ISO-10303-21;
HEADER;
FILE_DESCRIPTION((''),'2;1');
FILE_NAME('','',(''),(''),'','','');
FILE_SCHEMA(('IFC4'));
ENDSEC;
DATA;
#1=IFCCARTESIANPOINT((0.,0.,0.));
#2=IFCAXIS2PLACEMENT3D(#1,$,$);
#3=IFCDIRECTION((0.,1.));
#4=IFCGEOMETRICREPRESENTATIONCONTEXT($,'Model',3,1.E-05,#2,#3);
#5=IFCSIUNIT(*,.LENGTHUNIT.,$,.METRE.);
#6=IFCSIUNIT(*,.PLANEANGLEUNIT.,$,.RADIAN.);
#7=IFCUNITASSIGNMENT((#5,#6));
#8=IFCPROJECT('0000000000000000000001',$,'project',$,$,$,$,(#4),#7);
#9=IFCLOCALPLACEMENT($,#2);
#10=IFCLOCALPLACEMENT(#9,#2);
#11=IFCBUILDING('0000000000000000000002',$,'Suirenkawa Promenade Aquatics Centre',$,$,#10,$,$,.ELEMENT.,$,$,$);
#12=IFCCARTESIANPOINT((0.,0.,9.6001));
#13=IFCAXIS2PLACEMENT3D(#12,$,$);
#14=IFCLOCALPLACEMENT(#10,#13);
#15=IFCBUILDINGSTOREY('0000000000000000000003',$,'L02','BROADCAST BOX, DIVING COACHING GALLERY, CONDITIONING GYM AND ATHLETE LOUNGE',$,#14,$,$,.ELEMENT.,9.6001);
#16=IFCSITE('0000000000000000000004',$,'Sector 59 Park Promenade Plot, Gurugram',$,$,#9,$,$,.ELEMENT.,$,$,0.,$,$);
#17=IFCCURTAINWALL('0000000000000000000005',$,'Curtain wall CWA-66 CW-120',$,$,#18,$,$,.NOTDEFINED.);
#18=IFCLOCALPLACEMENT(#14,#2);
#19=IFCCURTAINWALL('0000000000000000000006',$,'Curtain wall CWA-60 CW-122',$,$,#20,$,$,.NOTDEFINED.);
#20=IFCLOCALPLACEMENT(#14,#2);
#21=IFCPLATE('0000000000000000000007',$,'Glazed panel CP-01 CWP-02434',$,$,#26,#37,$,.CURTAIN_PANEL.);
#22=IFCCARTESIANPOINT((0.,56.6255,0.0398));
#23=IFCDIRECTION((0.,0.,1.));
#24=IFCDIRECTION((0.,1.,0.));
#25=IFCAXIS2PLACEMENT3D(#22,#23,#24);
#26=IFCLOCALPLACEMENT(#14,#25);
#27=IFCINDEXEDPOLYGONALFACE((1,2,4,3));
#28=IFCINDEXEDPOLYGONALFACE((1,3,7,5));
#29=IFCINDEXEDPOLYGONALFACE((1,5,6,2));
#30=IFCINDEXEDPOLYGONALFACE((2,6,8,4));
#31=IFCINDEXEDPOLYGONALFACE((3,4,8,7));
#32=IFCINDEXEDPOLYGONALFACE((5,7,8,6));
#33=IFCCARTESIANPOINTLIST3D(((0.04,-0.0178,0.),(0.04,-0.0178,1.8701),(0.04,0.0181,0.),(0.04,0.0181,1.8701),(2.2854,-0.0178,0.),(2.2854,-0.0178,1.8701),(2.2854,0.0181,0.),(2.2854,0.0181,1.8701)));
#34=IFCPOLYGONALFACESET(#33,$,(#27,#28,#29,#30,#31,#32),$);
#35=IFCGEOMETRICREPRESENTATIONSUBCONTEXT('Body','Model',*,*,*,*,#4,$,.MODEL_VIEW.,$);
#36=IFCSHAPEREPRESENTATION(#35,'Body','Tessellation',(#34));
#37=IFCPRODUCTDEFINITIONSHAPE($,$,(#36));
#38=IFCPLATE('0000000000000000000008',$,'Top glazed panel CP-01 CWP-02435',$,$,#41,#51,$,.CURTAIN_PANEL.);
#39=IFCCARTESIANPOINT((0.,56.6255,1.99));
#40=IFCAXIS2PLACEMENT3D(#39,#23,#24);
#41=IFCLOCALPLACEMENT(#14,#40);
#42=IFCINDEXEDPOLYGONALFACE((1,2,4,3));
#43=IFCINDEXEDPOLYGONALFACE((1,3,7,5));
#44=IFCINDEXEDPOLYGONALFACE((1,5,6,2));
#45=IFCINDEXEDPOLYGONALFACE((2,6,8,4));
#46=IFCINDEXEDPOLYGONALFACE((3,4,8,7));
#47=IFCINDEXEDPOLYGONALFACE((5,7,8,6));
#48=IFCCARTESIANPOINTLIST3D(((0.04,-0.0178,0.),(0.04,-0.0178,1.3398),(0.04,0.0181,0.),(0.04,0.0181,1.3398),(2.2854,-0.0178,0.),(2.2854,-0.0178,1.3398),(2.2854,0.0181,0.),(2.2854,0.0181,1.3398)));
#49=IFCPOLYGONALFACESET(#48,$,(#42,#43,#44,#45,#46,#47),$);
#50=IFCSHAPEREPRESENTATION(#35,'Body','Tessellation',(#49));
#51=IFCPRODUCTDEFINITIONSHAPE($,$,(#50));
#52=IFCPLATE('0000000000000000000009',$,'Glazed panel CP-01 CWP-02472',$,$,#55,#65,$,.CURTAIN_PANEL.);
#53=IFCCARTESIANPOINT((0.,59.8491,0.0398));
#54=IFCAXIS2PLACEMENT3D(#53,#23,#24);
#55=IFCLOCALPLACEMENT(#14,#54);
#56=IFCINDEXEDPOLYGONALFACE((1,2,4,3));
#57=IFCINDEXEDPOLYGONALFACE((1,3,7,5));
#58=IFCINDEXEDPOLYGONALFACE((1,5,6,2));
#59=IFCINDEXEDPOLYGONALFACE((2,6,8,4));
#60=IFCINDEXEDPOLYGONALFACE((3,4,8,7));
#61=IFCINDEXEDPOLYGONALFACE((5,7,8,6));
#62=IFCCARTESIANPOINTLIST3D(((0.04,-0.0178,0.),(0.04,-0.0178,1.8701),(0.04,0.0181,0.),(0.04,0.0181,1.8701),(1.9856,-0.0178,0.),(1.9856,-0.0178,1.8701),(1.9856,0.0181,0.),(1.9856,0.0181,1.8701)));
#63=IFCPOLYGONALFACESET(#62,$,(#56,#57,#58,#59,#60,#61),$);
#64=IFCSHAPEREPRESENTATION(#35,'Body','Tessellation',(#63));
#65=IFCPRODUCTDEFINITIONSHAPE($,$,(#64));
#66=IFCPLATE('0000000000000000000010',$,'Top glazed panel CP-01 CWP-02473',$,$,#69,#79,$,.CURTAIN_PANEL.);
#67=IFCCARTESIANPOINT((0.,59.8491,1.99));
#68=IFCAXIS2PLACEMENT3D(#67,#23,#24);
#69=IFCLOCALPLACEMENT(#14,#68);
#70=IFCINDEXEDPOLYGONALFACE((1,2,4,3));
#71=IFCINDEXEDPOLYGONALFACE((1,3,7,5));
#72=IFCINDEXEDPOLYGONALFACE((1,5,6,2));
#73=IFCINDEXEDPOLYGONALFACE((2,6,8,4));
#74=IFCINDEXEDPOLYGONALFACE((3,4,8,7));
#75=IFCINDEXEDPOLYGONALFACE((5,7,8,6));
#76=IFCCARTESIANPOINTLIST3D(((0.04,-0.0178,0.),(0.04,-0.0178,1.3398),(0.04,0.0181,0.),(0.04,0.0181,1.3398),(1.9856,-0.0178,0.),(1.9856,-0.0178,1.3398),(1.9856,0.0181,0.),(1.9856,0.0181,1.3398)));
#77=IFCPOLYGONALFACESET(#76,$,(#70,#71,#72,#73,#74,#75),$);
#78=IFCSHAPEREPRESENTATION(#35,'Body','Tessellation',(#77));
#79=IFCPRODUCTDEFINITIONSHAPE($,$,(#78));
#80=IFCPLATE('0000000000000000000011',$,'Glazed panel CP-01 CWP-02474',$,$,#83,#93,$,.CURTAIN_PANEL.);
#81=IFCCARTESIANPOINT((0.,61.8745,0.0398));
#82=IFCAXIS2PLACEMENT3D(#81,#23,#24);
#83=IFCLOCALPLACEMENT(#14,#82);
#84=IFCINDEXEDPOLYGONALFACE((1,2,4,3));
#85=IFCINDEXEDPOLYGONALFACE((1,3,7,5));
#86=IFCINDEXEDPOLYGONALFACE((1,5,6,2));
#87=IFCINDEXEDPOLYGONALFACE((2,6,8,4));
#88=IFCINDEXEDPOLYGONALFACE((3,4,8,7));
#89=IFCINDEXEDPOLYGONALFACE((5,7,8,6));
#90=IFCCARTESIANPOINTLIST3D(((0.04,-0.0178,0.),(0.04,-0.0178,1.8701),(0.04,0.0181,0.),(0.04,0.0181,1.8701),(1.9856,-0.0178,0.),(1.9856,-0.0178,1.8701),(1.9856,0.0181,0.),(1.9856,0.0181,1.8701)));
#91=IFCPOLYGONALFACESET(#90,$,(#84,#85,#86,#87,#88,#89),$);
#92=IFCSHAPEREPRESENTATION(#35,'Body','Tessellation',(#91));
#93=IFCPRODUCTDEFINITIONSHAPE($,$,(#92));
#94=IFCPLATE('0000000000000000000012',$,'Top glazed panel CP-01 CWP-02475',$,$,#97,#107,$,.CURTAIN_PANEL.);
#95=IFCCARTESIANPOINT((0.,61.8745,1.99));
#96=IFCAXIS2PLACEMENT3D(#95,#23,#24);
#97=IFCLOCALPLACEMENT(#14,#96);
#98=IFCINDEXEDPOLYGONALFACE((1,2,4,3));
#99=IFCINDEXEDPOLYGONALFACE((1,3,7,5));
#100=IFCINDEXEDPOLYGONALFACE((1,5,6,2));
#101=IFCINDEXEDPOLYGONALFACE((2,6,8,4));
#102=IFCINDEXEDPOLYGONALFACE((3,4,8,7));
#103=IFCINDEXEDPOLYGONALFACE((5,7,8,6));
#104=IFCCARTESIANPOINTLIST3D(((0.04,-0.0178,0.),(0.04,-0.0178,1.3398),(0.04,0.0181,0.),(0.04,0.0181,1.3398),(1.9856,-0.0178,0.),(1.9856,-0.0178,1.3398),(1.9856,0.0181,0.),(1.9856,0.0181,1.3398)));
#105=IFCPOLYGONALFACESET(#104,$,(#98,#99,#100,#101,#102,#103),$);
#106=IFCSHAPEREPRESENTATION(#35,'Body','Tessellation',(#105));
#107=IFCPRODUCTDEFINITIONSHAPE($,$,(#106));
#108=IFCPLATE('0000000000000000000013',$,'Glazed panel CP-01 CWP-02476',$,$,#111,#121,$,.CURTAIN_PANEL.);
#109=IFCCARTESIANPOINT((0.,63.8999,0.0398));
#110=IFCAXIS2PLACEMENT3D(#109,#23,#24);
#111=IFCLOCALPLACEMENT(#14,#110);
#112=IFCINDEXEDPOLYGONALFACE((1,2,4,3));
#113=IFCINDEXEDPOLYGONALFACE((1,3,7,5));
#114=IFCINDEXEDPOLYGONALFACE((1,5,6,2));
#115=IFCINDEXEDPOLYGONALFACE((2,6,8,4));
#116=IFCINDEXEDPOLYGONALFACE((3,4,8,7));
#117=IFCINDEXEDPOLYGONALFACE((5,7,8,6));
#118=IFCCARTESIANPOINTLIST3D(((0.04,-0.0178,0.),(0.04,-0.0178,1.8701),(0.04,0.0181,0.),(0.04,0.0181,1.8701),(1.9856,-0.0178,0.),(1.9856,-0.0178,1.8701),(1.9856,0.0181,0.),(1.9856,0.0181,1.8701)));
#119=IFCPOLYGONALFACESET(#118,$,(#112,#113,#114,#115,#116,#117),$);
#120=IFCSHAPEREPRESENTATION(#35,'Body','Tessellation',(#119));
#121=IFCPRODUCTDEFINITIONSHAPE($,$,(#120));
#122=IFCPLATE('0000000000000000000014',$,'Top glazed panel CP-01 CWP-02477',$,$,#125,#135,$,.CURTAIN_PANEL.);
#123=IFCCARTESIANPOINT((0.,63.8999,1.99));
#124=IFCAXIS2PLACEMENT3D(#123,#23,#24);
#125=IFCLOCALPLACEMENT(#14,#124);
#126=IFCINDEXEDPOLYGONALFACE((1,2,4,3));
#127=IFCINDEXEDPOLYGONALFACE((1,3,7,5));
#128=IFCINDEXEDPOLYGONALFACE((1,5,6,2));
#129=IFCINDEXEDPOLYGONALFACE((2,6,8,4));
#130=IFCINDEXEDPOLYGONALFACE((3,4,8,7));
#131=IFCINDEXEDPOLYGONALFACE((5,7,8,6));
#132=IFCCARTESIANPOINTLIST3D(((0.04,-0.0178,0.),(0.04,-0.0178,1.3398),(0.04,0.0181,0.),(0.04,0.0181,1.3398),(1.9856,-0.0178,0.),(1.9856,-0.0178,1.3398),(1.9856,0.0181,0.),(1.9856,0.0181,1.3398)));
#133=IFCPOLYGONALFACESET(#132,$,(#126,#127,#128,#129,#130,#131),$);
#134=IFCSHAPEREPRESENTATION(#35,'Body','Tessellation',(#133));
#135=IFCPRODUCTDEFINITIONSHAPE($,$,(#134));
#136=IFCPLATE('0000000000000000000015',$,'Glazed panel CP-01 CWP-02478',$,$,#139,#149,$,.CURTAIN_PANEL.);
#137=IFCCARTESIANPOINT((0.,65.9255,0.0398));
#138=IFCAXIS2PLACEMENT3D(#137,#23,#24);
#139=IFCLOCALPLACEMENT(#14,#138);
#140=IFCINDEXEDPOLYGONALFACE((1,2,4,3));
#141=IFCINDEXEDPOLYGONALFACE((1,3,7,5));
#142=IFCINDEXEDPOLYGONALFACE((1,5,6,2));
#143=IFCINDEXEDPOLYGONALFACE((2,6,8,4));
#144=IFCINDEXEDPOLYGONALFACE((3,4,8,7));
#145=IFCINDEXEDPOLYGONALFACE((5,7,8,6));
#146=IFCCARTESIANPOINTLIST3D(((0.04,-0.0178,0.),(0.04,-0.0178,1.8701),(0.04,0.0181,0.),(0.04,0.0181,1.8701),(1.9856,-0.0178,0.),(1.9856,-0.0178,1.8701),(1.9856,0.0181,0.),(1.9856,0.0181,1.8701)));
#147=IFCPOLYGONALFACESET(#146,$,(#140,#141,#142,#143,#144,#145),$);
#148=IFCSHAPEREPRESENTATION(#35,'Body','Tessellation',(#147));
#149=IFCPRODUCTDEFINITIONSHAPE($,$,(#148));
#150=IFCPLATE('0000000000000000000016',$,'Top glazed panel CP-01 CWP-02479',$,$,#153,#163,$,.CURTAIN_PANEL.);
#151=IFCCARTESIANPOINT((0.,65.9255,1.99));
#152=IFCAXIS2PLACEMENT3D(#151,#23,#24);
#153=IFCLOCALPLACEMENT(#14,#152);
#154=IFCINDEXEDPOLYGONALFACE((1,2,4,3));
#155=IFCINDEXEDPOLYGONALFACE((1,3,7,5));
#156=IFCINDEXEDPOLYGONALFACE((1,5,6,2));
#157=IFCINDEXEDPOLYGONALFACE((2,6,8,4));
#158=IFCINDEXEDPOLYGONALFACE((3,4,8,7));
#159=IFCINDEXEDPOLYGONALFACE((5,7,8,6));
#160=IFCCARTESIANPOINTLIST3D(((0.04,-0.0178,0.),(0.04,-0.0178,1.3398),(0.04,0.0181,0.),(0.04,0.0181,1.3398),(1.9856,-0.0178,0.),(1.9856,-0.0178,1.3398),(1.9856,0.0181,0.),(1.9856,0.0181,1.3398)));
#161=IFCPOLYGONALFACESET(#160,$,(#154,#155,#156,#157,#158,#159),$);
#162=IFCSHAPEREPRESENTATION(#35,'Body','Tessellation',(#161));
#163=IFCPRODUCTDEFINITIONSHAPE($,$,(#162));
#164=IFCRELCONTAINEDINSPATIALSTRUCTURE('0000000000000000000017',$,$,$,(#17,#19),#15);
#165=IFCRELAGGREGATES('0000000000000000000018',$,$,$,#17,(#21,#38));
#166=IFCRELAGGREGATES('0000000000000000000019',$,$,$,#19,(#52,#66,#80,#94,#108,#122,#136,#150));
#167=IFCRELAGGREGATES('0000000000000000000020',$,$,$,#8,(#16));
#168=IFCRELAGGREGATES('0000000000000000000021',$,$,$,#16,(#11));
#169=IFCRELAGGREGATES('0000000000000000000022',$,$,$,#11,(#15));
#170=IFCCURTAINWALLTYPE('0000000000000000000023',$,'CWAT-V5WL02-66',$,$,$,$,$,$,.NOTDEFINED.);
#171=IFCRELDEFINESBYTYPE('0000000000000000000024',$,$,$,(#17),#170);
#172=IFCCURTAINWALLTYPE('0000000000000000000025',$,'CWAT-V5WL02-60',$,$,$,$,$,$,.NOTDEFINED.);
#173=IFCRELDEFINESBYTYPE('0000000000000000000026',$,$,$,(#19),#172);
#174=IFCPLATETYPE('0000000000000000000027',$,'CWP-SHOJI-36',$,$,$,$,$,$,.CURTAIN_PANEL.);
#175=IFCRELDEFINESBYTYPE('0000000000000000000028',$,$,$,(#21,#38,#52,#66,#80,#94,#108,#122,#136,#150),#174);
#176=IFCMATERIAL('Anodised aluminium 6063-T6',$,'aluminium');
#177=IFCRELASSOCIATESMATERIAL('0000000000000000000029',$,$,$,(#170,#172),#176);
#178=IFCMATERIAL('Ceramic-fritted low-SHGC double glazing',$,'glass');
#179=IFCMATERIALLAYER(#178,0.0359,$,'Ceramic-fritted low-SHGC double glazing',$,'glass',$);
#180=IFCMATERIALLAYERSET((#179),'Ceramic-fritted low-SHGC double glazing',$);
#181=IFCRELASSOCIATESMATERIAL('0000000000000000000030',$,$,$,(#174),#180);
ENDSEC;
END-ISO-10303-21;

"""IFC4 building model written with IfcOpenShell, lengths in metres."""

from ifc_helpers import new_model, si_unit, direction, frame, origin, place, context, subcontext, project, spatial, polyline, outline, extrude, material, layer, layer_set, type_object, element, aggregate, save


model = new_model("IFC4")

# Units and contexts
model_context = context("Model", 3, precision=1e-05, world=origin(), true_north=direction((0.0, 1.0)))
body_context = subcontext(model_context, "Body", "Model", "MODEL_VIEW")
ifc_project = project(units=[si_unit("LENGTHUNIT", "METRE"), si_unit("PLANEANGLEUNIT", "RADIAN")], contexts=[model_context])

# Site, building, storey
site_placement = place(None, origin())
site = spatial("IfcSite", under=ifc_project, at=site_placement, Name="Sector 59 Park Promenade Plot, Gurugram", CompositionType="ELEMENT", RefElevation=0.0)
building_placement = place(site_placement, origin())
building = spatial("IfcBuilding", under=site, at=building_placement, Name="Suirenkawa Promenade Aquatics Centre", CompositionType="ELEMENT")
storey_placement = place(building_placement, frame((0.0, 0.0, 9.6001)))
storey = spatial("IfcBuildingStorey", under=building, at=storey_placement, Name="L02", Description="BROADCAST BOX, DIVING COACHING GALLERY, CONDITIONING GYM AND ATHLETE LOUNGE", CompositionType="ELEMENT", Elevation=9.6001)

# Curtain walls
ifc_material_1 = material(Name="Anodised aluminium 6063-T6", Category="aluminium")
curtain_wall_type_1 = type_object("IfcCurtainWallType", Name="CWAT-V5WL02-66", PredefinedType="NOTDEFINED", material=ifc_material_1)
curtain_wall_1_placement = place(storey_placement, origin())
curtain_wall_1 = element("IfcCurtainWall", 1, at=curtain_wall_1_placement, inside=storey, type_object=curtain_wall_type_1, Name="Curtain wall CWA-66 CW-120", PredefinedType="NOTDEFINED")
curtain_wall_type_2 = type_object("IfcCurtainWallType", Name="CWAT-V5WL02-60", PredefinedType="NOTDEFINED", material=ifc_material_1)
curtain_wall_2_placement = place(storey_placement, origin())
curtain_wall_2 = element("IfcCurtainWall", 2, at=curtain_wall_2_placement, inside=storey, type_object=curtain_wall_type_2, Name="Curtain wall CWA-60 CW-122", PredefinedType="NOTDEFINED")

# Plates
ifc_material_2 = material(Name="Ceramic-fritted low-SHGC double glazing", Category="glass")
ifc_layer_1 = layer(ifc_material_2, 0.0359, Name="Ceramic-fritted low-SHGC double glazing", Category="glass")
ifc_layer_set_1 = layer_set([ifc_layer_1], Name="Ceramic-fritted low-SHGC double glazing")
plate_type = type_object("IfcPlateType", Name="CWP-SHOJI-36", PredefinedType="CURTAIN_PANEL", material=ifc_layer_set_1)
plate_1_placement = place(storey_placement, frame((0.0, 56.6255, 0.0398), z_axis=(0.0, 0.0, 1.0), x_axis=(0.0, 1.0, 0.0)))
plate_1 = element("IfcPlate", 3, at=plate_1_placement, type_object=plate_type, Name="Glazed panel CP-01 CWP-02434", PredefinedType="CURTAIN_PANEL", context=body_context, shape_type="SweptSolid", body=[
    extrude(outline(polyline([(0.04, 0.0), (2.2854, 0.0), (2.2854, 1.8701), (0.04, 1.8701), (0.04, 0.0)])), frame((0.0, 0.0181, 0.0), z_axis=(0.0, -1.0, 0.0), x_axis=(1.0, 0.0, 0.0)), (0.0, 0.0, 1.0), 0.0359),
])
plate_2_placement = place(storey_placement, frame((0.0, 56.6255, 1.99), z_axis=(0.0, 0.0, 1.0), x_axis=(0.0, 1.0, 0.0)))
plate_2 = element("IfcPlate", 4, at=plate_2_placement, type_object=plate_type, Name="Top glazed panel CP-01 CWP-02435", PredefinedType="CURTAIN_PANEL", context=body_context, shape_type="SweptSolid", body=[
    extrude(outline(polyline([(0.04, 0.0), (2.2854, 0.0), (2.2854, 1.3398), (0.04, 1.3398), (0.04, 0.0)])), frame((0.0, 0.0181, 0.0), z_axis=(0.0, -1.0, 0.0), x_axis=(1.0, 0.0, 0.0)), (0.0, 0.0, 1.0), 0.0359),
])
aggregate(curtain_wall_1, [plate_1, plate_2])
plate_3_placement = place(storey_placement, frame((0.0, 59.8491, 0.0398), z_axis=(0.0, 0.0, 1.0), x_axis=(0.0, 1.0, 0.0)))
plate_3 = element("IfcPlate", 5, at=plate_3_placement, type_object=plate_type, Name="Glazed panel CP-01 CWP-02472", PredefinedType="CURTAIN_PANEL", context=body_context, shape_type="SweptSolid", body=[
    extrude(outline(polyline([(0.04, 0.0), (1.9856, 0.0), (1.9856, 1.8701), (0.04, 1.8701), (0.04, 0.0)])), frame((0.0, 0.0181, 0.0), z_axis=(0.0, -1.0, 0.0), x_axis=(1.0, 0.0, 0.0)), (0.0, 0.0, 1.0), 0.0359),
])
plate_4_placement = place(storey_placement, frame((0.0, 59.8491, 1.99), z_axis=(0.0, 0.0, 1.0), x_axis=(0.0, 1.0, 0.0)))
plate_4 = element("IfcPlate", 6, at=plate_4_placement, type_object=plate_type, Name="Top glazed panel CP-01 CWP-02473", PredefinedType="CURTAIN_PANEL", context=body_context, shape_type="SweptSolid", body=[
    extrude(outline(polyline([(0.04, 0.0), (1.9856, 0.0), (1.9856, 1.3398), (0.04, 1.3398), (0.04, 0.0)])), frame((0.0, 0.0181, 0.0), z_axis=(0.0, -1.0, 0.0), x_axis=(1.0, 0.0, 0.0)), (0.0, 0.0, 1.0), 0.0359),
])
plate_5_placement = place(storey_placement, frame((0.0, 61.8745, 0.0398), z_axis=(0.0, 0.0, 1.0), x_axis=(0.0, 1.0, 0.0)))
plate_5 = element("IfcPlate", 7, at=plate_5_placement, type_object=plate_type, Name="Glazed panel CP-01 CWP-02474", PredefinedType="CURTAIN_PANEL", context=body_context, shape_type="SweptSolid", body=[
    extrude(outline(polyline([(0.04, 0.0), (1.9856, 0.0), (1.9856, 1.8701), (0.04, 1.8701), (0.04, 0.0)])), frame((0.0, 0.0181, 0.0), z_axis=(0.0, -1.0, 0.0), x_axis=(1.0, 0.0, 0.0)), (0.0, 0.0, 1.0), 0.0359),
])
plate_6_placement = place(storey_placement, frame((0.0, 61.8745, 1.99), z_axis=(0.0, 0.0, 1.0), x_axis=(0.0, 1.0, 0.0)))
plate_6 = element("IfcPlate", 8, at=plate_6_placement, type_object=plate_type, Name="Top glazed panel CP-01 CWP-02475", PredefinedType="CURTAIN_PANEL", context=body_context, shape_type="SweptSolid", body=[
    extrude(outline(polyline([(0.04, 0.0), (1.9856, 0.0), (1.9856, 1.3398), (0.04, 1.3398), (0.04, 0.0)])), frame((0.0, 0.0181, 0.0), z_axis=(0.0, -1.0, 0.0), x_axis=(1.0, 0.0, 0.0)), (0.0, 0.0, 1.0), 0.0359),
])
plate_7_placement = place(storey_placement, frame((0.0, 63.8999, 0.0398), z_axis=(0.0, 0.0, 1.0), x_axis=(0.0, 1.0, 0.0)))
plate_7 = element("IfcPlate", 9, at=plate_7_placement, type_object=plate_type, Name="Glazed panel CP-01 CWP-02476", PredefinedType="CURTAIN_PANEL", context=body_context, shape_type="SweptSolid", body=[
    extrude(outline(polyline([(0.04, 0.0), (1.9856, 0.0), (1.9856, 1.8701), (0.04, 1.8701), (0.04, 0.0)])), frame((0.0, 0.0181, 0.0), z_axis=(0.0, -1.0, 0.0), x_axis=(1.0, 0.0, 0.0)), (0.0, 0.0, 1.0), 0.0359),
])
plate_8_placement = place(storey_placement, frame((0.0, 63.8999, 1.99), z_axis=(0.0, 0.0, 1.0), x_axis=(0.0, 1.0, 0.0)))
plate_8 = element("IfcPlate", 10, at=plate_8_placement, type_object=plate_type, Name="Top glazed panel CP-01 CWP-02477", PredefinedType="CURTAIN_PANEL", context=body_context, shape_type="SweptSolid", body=[
    extrude(outline(polyline([(0.04, 0.0), (1.9856, 0.0), (1.9856, 1.3398), (0.04, 1.3398), (0.04, 0.0)])), frame((0.0, 0.0181, 0.0), z_axis=(0.0, -1.0, 0.0), x_axis=(1.0, 0.0, 0.0)), (0.0, 0.0, 1.0), 0.0359),
])
plate_9_placement = place(storey_placement, frame((0.0, 65.9255, 0.0398), z_axis=(0.0, 0.0, 1.0), x_axis=(0.0, 1.0, 0.0)))
plate_9 = element("IfcPlate", 11, at=plate_9_placement, type_object=plate_type, Name="Glazed panel CP-01 CWP-02478", PredefinedType="CURTAIN_PANEL", context=body_context, shape_type="SweptSolid", body=[
    extrude(outline(polyline([(0.04, 0.0), (1.9856, 0.0), (1.9856, 1.8701), (0.04, 1.8701), (0.04, 0.0)])), frame((0.0, 0.0181, 0.0), z_axis=(0.0, -1.0, 0.0), x_axis=(1.0, 0.0, 0.0)), (0.0, 0.0, 1.0), 0.0359),
])
plate_10_placement = place(storey_placement, frame((0.0, 65.9255, 1.99), z_axis=(0.0, 0.0, 1.0), x_axis=(0.0, 1.0, 0.0)))
plate_10 = element("IfcPlate", 12, at=plate_10_placement, type_object=plate_type, Name="Top glazed panel CP-01 CWP-02479", PredefinedType="CURTAIN_PANEL", context=body_context, shape_type="SweptSolid", body=[
    extrude(outline(polyline([(0.04, 0.0), (1.9856, 0.0), (1.9856, 1.3398), (0.04, 1.3398), (0.04, 0.0)])), frame((0.0, 0.0181, 0.0), z_axis=(0.0, -1.0, 0.0), x_axis=(1.0, 0.0, 0.0)), (0.0, 0.0, 1.0), 0.0359),
])
aggregate(curtain_wall_2, [plate_3, plate_4, plate_5, plate_6, plate_7, plate_8, plate_9, plate_10])

save(model, "model.ifc")
